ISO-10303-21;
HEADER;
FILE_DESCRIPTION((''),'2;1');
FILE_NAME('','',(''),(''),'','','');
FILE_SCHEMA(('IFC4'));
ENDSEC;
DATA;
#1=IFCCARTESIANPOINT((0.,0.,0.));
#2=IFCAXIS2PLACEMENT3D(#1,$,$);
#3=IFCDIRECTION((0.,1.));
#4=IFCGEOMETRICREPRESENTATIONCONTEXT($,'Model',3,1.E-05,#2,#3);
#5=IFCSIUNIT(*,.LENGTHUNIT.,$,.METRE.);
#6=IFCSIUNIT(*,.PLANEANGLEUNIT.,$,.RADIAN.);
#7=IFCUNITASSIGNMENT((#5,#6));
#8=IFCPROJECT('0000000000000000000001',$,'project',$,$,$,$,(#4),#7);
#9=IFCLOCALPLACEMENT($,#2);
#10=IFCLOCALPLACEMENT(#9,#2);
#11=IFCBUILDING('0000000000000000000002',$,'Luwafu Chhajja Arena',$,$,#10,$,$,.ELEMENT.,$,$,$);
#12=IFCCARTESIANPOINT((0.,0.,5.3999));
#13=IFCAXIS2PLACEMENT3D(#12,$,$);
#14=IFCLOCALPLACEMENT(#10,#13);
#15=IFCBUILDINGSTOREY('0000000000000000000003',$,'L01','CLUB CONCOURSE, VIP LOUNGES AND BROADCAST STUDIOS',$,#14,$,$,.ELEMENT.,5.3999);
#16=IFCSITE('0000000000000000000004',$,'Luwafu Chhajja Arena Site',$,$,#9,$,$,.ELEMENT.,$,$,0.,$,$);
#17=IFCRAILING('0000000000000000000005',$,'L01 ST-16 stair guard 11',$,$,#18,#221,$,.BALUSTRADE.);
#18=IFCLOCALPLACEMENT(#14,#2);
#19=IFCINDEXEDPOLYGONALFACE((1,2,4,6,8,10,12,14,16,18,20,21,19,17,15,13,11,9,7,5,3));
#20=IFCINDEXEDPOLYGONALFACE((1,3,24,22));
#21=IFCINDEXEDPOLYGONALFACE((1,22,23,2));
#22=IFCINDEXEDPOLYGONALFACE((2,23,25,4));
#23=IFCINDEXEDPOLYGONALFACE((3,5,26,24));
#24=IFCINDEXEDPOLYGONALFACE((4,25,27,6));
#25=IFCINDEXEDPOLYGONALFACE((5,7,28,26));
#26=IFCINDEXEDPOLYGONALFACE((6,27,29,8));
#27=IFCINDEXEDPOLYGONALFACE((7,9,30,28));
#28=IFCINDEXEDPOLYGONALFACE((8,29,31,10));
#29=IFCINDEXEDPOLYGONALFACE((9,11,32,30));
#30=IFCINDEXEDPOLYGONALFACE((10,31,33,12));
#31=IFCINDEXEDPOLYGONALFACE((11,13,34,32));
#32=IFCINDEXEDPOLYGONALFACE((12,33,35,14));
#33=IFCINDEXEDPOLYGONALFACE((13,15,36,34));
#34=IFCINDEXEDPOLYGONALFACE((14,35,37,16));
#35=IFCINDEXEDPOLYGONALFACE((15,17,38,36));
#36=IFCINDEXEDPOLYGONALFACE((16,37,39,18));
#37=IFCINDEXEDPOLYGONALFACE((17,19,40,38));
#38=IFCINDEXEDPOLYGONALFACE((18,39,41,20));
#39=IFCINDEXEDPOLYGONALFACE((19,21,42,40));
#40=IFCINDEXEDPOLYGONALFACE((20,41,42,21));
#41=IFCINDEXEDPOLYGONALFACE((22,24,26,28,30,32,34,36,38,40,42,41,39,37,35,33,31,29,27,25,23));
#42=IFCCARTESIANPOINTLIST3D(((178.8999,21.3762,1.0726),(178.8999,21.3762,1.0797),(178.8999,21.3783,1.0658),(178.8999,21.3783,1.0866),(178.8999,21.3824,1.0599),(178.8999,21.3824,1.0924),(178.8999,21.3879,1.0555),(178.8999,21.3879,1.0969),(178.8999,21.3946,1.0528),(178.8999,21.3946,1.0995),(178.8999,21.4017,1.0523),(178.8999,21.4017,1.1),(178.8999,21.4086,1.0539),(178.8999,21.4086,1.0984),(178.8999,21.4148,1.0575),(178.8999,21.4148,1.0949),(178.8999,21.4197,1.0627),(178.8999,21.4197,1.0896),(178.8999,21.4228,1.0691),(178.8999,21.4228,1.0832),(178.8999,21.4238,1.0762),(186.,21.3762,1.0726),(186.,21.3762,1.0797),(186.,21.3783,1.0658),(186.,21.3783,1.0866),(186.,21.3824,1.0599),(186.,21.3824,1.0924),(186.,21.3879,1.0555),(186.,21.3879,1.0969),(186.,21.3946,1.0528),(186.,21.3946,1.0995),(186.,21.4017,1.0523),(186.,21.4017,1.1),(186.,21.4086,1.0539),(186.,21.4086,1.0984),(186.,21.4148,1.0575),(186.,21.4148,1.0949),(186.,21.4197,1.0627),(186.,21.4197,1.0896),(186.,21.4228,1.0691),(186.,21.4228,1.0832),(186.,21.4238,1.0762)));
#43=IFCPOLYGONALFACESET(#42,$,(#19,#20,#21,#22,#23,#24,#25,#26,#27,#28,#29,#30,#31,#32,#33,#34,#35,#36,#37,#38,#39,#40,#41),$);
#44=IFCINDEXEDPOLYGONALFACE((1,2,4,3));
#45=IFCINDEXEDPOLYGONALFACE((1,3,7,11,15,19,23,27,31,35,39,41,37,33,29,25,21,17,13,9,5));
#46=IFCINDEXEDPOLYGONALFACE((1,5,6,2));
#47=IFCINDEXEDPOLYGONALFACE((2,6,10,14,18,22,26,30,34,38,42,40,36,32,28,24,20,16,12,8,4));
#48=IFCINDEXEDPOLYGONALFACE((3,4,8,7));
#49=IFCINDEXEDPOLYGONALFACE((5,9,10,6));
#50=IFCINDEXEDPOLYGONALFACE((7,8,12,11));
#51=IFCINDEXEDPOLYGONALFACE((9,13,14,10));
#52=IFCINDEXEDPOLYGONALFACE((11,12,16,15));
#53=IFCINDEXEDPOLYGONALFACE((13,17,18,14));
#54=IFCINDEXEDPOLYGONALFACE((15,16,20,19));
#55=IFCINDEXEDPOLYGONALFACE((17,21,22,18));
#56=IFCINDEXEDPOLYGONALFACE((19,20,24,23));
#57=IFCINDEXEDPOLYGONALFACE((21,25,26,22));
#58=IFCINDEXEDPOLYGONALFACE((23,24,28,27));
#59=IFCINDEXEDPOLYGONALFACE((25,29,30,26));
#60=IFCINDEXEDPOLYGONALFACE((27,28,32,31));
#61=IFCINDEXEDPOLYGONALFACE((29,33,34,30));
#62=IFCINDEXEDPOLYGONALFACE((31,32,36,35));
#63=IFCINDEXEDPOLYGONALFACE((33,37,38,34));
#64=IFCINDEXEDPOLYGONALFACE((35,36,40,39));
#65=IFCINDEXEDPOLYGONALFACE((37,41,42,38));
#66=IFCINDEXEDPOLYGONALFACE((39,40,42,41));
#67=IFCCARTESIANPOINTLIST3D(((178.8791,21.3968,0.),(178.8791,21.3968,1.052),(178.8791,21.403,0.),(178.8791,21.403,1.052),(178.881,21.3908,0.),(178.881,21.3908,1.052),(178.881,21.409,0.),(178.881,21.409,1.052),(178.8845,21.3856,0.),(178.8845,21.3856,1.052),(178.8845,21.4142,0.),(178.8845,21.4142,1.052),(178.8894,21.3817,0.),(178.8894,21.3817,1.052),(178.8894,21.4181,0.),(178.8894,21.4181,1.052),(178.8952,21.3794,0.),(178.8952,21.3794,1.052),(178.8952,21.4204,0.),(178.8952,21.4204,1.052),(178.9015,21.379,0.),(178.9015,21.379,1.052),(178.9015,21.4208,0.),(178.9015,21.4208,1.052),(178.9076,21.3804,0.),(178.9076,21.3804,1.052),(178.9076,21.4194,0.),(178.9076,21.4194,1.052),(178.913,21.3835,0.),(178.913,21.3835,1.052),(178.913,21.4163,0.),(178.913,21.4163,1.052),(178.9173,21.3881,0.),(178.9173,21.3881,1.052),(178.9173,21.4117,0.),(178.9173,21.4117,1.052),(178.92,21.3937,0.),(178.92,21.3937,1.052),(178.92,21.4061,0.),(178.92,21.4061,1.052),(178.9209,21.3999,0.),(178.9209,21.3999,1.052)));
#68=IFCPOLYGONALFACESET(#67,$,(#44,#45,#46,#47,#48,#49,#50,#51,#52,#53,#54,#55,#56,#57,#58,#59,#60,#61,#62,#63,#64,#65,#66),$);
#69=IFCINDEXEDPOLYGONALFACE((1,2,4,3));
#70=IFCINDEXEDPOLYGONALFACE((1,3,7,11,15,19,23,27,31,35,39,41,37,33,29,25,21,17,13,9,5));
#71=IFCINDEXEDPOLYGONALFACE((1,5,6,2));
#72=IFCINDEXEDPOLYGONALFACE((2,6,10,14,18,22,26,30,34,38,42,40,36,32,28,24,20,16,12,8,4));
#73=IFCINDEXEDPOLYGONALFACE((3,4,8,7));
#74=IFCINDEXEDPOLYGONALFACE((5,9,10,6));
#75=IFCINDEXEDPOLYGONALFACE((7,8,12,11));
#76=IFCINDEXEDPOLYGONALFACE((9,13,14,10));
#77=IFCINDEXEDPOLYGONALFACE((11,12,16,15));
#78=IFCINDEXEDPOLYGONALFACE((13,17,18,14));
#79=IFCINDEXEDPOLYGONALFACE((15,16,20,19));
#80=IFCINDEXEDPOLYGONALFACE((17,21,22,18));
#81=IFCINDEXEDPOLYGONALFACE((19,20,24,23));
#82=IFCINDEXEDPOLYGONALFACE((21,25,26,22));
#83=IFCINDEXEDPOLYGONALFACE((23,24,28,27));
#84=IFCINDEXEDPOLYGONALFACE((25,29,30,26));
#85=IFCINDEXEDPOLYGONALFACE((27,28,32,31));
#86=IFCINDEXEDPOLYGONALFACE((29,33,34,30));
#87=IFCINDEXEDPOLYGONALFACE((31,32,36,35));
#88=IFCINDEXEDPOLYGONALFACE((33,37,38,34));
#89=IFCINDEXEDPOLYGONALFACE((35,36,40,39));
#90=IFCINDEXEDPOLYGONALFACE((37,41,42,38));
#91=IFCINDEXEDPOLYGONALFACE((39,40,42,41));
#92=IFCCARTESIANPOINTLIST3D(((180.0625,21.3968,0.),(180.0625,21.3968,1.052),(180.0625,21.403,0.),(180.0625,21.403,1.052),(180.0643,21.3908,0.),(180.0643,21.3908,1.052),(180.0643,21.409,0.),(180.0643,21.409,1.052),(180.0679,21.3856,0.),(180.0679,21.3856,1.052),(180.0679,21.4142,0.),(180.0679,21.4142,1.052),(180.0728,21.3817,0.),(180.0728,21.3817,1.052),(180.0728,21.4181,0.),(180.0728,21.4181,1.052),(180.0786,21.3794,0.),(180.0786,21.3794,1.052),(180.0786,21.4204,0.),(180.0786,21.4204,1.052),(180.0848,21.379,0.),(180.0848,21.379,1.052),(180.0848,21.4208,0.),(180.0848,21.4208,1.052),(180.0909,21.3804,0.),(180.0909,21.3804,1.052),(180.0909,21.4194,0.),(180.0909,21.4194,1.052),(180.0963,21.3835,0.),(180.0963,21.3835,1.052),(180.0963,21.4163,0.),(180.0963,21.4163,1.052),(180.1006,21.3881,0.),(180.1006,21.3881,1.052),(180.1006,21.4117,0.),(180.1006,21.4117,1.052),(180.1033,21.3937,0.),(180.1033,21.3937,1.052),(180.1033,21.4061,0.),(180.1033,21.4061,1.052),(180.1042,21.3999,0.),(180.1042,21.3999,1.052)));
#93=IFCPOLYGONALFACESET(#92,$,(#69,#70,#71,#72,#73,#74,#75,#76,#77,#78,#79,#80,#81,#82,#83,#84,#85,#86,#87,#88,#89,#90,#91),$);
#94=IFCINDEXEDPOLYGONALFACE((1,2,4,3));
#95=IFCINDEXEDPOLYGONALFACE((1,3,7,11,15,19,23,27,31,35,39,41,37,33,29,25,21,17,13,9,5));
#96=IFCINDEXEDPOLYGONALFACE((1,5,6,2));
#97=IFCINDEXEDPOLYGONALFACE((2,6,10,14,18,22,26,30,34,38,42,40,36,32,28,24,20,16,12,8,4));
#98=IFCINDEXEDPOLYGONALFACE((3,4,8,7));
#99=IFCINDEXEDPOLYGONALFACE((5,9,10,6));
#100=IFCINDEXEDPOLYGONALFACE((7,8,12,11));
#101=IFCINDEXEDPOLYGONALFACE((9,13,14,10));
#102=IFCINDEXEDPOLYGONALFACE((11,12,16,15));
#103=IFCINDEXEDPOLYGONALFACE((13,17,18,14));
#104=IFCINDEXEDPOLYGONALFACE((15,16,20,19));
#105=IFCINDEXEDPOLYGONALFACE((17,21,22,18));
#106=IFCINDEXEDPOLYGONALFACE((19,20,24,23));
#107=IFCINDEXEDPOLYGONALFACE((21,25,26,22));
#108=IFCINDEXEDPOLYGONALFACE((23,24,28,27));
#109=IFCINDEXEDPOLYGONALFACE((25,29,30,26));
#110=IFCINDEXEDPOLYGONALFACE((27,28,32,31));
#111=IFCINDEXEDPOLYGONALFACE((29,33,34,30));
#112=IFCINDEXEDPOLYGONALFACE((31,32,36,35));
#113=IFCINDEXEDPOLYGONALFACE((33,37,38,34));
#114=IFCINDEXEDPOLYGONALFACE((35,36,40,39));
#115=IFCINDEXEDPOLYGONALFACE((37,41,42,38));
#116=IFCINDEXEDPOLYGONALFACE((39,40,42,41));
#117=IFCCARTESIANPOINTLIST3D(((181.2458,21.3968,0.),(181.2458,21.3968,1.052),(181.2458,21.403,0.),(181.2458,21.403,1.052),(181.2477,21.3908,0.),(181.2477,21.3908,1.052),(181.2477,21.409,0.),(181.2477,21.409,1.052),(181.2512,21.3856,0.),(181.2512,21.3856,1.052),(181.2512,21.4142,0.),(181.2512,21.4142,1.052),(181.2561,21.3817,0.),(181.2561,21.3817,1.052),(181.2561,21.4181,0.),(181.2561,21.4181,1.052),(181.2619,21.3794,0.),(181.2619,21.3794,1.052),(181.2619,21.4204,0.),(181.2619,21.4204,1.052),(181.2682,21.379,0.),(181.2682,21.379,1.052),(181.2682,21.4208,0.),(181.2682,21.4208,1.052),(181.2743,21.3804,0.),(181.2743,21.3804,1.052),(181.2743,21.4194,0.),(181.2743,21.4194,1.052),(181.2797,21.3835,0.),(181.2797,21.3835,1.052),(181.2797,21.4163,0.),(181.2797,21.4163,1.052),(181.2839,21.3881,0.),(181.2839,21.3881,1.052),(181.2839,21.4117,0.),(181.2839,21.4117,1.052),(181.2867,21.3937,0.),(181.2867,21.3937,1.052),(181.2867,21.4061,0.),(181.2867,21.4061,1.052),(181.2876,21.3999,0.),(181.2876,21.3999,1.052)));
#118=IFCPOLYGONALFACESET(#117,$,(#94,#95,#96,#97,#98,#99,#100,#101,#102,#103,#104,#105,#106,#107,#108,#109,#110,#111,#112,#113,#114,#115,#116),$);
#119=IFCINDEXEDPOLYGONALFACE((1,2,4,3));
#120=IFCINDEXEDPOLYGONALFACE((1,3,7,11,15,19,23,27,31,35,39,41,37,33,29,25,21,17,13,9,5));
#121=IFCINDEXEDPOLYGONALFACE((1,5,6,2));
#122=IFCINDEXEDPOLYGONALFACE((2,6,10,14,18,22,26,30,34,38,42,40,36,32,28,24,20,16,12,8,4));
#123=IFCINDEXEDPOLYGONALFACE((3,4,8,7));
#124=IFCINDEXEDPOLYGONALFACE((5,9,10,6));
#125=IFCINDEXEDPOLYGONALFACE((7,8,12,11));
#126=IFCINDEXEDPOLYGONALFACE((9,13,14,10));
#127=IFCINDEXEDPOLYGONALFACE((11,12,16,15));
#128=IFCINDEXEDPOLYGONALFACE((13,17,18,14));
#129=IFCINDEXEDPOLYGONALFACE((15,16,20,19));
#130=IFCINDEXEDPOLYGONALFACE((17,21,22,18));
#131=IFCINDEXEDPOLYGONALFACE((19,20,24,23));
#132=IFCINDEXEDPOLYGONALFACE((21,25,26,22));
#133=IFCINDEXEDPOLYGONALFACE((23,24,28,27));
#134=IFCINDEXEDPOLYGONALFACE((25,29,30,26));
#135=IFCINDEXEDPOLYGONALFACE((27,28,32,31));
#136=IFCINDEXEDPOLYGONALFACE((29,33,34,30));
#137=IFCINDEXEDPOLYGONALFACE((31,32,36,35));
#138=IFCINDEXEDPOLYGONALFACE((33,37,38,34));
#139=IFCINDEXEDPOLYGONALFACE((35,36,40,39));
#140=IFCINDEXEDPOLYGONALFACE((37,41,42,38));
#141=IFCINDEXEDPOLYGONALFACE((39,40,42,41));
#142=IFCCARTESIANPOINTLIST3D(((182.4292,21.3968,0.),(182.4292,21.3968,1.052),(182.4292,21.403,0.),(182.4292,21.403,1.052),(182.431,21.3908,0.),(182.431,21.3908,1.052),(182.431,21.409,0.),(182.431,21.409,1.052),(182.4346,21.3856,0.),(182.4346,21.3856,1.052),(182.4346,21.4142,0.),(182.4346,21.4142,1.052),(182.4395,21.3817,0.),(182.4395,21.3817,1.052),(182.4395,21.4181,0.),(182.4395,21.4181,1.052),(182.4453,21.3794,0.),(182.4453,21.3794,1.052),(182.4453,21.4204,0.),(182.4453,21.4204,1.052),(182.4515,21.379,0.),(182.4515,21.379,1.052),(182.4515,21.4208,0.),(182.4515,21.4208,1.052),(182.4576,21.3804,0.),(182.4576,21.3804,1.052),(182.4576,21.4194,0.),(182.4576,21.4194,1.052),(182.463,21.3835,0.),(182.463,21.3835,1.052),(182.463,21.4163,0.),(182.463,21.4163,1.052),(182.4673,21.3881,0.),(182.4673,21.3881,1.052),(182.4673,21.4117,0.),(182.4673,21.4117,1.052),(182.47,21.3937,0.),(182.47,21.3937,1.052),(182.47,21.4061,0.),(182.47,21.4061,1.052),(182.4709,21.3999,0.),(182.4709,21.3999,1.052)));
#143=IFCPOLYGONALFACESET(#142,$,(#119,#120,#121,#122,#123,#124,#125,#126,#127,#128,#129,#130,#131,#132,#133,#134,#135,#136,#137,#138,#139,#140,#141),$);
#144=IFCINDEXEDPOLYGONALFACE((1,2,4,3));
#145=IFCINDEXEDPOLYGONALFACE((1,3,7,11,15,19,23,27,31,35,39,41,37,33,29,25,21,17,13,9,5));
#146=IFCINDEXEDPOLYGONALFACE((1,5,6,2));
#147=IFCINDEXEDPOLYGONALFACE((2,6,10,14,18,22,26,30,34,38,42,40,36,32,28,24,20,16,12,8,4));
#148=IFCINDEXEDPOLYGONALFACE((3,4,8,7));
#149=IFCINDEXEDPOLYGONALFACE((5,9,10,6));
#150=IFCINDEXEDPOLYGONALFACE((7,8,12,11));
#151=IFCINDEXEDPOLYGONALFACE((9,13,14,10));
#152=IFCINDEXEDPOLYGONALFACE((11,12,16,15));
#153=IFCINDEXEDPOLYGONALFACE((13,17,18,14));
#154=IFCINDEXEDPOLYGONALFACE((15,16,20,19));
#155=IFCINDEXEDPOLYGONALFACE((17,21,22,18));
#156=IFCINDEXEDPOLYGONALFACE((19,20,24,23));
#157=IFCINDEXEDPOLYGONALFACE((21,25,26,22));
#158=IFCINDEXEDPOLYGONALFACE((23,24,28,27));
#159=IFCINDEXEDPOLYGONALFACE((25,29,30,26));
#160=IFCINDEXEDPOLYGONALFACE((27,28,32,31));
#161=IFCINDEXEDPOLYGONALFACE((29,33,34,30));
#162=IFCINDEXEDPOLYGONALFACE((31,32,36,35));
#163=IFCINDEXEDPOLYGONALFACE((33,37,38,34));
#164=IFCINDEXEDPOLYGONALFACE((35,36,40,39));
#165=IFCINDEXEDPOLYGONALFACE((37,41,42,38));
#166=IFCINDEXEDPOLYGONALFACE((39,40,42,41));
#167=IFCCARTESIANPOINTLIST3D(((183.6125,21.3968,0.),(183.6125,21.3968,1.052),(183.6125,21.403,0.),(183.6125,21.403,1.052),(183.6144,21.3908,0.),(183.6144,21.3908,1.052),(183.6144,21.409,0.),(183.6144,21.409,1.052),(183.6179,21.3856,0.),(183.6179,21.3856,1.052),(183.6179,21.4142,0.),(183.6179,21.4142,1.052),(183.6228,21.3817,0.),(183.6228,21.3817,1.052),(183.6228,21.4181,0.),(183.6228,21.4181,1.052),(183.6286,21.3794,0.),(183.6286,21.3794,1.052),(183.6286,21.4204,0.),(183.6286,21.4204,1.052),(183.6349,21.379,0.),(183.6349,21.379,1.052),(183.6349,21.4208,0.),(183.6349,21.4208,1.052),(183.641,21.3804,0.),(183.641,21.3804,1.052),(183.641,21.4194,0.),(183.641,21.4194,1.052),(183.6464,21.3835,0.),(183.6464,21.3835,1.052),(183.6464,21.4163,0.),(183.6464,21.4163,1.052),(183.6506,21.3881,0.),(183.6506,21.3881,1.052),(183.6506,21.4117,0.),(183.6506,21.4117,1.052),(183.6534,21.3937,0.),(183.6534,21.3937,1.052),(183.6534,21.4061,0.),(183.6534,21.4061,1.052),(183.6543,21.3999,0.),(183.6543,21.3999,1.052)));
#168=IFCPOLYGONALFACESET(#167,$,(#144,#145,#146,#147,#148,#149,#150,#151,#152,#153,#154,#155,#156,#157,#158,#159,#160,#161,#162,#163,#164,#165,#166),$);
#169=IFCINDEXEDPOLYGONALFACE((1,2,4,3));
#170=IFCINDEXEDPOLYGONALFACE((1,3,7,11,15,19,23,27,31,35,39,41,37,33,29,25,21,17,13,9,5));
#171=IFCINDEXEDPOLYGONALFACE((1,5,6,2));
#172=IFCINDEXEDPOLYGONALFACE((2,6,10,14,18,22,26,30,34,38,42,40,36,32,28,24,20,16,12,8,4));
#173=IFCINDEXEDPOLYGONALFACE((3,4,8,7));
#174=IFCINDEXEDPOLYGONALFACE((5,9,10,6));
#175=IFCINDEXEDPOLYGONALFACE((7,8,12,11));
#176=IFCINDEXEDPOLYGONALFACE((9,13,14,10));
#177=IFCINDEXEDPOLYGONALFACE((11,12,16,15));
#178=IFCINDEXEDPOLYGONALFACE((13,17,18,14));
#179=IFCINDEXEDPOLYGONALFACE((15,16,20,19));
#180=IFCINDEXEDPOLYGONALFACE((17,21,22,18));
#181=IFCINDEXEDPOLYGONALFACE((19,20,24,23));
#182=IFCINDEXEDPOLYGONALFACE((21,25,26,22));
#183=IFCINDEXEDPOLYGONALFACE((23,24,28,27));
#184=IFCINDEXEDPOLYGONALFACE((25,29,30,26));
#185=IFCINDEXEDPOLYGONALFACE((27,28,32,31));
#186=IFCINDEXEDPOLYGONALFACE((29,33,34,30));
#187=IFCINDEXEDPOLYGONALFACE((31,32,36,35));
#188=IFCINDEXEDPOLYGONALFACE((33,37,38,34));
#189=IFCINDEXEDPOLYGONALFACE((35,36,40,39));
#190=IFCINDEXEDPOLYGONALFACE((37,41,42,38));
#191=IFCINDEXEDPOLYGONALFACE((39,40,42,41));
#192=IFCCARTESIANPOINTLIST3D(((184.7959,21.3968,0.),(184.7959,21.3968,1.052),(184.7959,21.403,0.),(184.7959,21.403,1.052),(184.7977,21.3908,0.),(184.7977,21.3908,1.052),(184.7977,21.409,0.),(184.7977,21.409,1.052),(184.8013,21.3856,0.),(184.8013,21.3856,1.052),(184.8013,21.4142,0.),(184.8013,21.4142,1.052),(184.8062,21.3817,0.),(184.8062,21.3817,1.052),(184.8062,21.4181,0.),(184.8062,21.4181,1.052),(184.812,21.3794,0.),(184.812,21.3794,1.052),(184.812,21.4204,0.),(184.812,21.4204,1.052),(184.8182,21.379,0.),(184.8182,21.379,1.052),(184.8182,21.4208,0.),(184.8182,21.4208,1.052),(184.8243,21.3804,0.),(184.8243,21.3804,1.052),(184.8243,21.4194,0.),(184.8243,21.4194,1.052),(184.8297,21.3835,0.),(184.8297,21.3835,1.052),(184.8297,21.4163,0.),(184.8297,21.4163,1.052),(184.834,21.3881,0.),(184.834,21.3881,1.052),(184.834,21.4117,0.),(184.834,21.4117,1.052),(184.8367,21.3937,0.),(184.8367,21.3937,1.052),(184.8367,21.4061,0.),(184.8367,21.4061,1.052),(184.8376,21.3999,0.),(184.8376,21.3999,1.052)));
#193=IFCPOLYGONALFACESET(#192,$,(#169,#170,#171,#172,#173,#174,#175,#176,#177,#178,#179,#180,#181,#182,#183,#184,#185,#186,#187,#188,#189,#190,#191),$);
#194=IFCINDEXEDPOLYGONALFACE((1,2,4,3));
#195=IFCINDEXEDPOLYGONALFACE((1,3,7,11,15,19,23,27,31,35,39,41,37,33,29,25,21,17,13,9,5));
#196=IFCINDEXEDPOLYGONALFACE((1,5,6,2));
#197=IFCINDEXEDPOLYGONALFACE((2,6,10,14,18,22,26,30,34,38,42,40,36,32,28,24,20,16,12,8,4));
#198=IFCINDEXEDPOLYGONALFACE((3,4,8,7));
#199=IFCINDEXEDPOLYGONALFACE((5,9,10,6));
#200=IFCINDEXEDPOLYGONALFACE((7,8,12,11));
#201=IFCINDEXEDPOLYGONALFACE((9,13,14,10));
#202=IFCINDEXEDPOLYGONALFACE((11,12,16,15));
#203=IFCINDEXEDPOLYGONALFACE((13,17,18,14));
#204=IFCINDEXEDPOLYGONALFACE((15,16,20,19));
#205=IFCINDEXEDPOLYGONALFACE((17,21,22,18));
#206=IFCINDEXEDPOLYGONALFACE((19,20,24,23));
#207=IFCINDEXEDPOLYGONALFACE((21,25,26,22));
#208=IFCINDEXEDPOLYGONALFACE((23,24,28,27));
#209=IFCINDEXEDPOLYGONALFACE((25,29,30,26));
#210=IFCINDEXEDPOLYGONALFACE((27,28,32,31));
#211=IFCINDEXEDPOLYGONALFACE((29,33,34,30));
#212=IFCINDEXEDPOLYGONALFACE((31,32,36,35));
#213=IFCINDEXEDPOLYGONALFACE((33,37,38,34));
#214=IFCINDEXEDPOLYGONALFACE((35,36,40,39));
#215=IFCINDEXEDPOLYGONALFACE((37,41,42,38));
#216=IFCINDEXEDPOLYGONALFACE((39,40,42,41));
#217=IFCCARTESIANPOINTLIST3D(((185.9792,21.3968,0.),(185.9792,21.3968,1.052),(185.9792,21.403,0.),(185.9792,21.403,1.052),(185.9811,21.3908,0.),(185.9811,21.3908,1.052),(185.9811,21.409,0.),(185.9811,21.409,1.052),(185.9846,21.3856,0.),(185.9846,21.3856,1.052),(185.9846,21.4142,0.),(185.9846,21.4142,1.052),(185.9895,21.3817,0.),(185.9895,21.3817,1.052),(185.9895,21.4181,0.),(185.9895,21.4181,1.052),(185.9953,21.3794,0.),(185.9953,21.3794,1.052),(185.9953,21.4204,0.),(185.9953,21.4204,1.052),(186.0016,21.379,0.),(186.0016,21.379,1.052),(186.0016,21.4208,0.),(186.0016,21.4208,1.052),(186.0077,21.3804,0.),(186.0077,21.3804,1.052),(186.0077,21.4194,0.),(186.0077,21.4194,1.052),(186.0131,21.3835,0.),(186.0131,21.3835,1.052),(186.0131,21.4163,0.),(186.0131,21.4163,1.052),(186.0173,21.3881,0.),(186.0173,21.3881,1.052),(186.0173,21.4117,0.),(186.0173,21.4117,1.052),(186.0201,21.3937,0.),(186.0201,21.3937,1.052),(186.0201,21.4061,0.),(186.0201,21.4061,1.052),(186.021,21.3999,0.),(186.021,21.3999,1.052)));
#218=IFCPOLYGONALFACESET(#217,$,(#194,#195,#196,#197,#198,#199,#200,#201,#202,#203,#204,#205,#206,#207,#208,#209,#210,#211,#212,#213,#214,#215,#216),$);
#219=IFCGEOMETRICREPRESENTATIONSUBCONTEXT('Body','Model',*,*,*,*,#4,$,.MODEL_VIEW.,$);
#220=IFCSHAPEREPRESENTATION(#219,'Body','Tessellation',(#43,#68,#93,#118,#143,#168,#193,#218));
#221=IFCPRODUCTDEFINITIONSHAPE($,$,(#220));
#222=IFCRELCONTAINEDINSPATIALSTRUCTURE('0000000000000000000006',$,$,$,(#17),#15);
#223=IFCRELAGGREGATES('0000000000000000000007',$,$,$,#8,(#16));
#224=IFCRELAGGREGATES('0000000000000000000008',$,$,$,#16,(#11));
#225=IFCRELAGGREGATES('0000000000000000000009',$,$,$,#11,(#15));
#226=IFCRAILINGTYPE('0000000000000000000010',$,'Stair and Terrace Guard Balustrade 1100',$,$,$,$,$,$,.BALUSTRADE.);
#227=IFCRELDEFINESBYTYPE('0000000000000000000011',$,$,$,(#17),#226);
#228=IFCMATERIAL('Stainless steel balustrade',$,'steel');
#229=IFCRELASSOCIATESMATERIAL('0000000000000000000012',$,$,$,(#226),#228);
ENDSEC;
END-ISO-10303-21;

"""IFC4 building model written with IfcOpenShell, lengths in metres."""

from ifc_helpers import new_model, si_unit, direction, frame, origin, origin_2d, place, context, subcontext, project, spatial, circle, extrude, material, type_object, element, save


model = new_model("IFC4")

# Units and contexts
model_context = context("Model", 3, precision=1e-05, world=origin(), true_north=direction((0.0, 1.0)))
body_context = subcontext(model_context, "Body", "Model", "MODEL_VIEW")
ifc_project = project(units=[si_unit("LENGTHUNIT", "METRE"), si_unit("PLANEANGLEUNIT", "RADIAN")], contexts=[model_context])

# Site, building, storey
site_placement = place(None, origin())
site = spatial("IfcSite", under=ifc_project, at=site_placement, Name="Luwafu Chhajja Arena Site", CompositionType="ELEMENT", RefElevation=0.0)
building_placement = place(site_placement, origin())
building = spatial("IfcBuilding", under=site, at=building_placement, Name="Luwafu Chhajja Arena", CompositionType="ELEMENT")
storey_placement = place(building_placement, frame((0.0, 0.0, 5.3999)))
storey = spatial("IfcBuildingStorey", under=building, at=storey_placement, Name="L01", Description="CLUB CONCOURSE, VIP LOUNGES AND BROADCAST STUDIOS", CompositionType="ELEMENT", Elevation=5.3999)

# Railing
ifc_material_1 = material(Name="Stainless steel balustrade", Category="steel")
railing_type_1 = type_object("IfcRailingType", Name="Stair and Terrace Guard Balustrade 1100", PredefinedType="BALUSTRADE", material=ifc_material_1)
railing_1_placement = place(storey_placement, frame((178.8999, 21.3999, 0.0)))
element("IfcRailing", 1, at=railing_1_placement, inside=storey, type_object=railing_type_1, Name="L01 ST-16 stair guard 11", PredefinedType="BALUSTRADE", context=body_context, shape_type="SweptSolid", body=[
    extrude(circle(Radius=0.0239, at=origin_2d()), frame((0.0, 0.0, 1.0762), z_axis=(1.0, 0.0, 0.0), x_axis=(0.0, 1.0, 0.0)), (0.0, 0.0, 1.0), 7.1001),
    extrude(circle(Radius=0.021, at=origin_2d()), origin(), (0.0, 0.0, 1.0), 1.052),
    extrude(circle(Radius=0.021, at=origin_2d()), frame((1.1833, 0.0, 0.0)), (0.0, 0.0, 1.0), 1.052),
    extrude(circle(Radius=0.021, at=origin_2d()), frame((2.3667, 0.0, 0.0)), (0.0, 0.0, 1.0), 1.052),
    extrude(circle(Radius=0.021, at=origin_2d()), frame((3.55, 0.0, 0.0)), (0.0, 0.0, 1.0), 1.052),
    extrude(circle(Radius=0.021, at=origin_2d()), frame((4.7334, 0.0, 0.0)), (0.0, 0.0, 1.0), 1.052),
    extrude(circle(Radius=0.021, at=origin_2d()), frame((5.9167, 0.0, 0.0)), (0.0, 0.0, 1.0), 1.052),
    extrude(circle(Radius=0.021, at=origin_2d()), frame((7.1001, 0.0, 0.0)), (0.0, 0.0, 1.0), 1.052),
])

save(model, "model.ifc")
